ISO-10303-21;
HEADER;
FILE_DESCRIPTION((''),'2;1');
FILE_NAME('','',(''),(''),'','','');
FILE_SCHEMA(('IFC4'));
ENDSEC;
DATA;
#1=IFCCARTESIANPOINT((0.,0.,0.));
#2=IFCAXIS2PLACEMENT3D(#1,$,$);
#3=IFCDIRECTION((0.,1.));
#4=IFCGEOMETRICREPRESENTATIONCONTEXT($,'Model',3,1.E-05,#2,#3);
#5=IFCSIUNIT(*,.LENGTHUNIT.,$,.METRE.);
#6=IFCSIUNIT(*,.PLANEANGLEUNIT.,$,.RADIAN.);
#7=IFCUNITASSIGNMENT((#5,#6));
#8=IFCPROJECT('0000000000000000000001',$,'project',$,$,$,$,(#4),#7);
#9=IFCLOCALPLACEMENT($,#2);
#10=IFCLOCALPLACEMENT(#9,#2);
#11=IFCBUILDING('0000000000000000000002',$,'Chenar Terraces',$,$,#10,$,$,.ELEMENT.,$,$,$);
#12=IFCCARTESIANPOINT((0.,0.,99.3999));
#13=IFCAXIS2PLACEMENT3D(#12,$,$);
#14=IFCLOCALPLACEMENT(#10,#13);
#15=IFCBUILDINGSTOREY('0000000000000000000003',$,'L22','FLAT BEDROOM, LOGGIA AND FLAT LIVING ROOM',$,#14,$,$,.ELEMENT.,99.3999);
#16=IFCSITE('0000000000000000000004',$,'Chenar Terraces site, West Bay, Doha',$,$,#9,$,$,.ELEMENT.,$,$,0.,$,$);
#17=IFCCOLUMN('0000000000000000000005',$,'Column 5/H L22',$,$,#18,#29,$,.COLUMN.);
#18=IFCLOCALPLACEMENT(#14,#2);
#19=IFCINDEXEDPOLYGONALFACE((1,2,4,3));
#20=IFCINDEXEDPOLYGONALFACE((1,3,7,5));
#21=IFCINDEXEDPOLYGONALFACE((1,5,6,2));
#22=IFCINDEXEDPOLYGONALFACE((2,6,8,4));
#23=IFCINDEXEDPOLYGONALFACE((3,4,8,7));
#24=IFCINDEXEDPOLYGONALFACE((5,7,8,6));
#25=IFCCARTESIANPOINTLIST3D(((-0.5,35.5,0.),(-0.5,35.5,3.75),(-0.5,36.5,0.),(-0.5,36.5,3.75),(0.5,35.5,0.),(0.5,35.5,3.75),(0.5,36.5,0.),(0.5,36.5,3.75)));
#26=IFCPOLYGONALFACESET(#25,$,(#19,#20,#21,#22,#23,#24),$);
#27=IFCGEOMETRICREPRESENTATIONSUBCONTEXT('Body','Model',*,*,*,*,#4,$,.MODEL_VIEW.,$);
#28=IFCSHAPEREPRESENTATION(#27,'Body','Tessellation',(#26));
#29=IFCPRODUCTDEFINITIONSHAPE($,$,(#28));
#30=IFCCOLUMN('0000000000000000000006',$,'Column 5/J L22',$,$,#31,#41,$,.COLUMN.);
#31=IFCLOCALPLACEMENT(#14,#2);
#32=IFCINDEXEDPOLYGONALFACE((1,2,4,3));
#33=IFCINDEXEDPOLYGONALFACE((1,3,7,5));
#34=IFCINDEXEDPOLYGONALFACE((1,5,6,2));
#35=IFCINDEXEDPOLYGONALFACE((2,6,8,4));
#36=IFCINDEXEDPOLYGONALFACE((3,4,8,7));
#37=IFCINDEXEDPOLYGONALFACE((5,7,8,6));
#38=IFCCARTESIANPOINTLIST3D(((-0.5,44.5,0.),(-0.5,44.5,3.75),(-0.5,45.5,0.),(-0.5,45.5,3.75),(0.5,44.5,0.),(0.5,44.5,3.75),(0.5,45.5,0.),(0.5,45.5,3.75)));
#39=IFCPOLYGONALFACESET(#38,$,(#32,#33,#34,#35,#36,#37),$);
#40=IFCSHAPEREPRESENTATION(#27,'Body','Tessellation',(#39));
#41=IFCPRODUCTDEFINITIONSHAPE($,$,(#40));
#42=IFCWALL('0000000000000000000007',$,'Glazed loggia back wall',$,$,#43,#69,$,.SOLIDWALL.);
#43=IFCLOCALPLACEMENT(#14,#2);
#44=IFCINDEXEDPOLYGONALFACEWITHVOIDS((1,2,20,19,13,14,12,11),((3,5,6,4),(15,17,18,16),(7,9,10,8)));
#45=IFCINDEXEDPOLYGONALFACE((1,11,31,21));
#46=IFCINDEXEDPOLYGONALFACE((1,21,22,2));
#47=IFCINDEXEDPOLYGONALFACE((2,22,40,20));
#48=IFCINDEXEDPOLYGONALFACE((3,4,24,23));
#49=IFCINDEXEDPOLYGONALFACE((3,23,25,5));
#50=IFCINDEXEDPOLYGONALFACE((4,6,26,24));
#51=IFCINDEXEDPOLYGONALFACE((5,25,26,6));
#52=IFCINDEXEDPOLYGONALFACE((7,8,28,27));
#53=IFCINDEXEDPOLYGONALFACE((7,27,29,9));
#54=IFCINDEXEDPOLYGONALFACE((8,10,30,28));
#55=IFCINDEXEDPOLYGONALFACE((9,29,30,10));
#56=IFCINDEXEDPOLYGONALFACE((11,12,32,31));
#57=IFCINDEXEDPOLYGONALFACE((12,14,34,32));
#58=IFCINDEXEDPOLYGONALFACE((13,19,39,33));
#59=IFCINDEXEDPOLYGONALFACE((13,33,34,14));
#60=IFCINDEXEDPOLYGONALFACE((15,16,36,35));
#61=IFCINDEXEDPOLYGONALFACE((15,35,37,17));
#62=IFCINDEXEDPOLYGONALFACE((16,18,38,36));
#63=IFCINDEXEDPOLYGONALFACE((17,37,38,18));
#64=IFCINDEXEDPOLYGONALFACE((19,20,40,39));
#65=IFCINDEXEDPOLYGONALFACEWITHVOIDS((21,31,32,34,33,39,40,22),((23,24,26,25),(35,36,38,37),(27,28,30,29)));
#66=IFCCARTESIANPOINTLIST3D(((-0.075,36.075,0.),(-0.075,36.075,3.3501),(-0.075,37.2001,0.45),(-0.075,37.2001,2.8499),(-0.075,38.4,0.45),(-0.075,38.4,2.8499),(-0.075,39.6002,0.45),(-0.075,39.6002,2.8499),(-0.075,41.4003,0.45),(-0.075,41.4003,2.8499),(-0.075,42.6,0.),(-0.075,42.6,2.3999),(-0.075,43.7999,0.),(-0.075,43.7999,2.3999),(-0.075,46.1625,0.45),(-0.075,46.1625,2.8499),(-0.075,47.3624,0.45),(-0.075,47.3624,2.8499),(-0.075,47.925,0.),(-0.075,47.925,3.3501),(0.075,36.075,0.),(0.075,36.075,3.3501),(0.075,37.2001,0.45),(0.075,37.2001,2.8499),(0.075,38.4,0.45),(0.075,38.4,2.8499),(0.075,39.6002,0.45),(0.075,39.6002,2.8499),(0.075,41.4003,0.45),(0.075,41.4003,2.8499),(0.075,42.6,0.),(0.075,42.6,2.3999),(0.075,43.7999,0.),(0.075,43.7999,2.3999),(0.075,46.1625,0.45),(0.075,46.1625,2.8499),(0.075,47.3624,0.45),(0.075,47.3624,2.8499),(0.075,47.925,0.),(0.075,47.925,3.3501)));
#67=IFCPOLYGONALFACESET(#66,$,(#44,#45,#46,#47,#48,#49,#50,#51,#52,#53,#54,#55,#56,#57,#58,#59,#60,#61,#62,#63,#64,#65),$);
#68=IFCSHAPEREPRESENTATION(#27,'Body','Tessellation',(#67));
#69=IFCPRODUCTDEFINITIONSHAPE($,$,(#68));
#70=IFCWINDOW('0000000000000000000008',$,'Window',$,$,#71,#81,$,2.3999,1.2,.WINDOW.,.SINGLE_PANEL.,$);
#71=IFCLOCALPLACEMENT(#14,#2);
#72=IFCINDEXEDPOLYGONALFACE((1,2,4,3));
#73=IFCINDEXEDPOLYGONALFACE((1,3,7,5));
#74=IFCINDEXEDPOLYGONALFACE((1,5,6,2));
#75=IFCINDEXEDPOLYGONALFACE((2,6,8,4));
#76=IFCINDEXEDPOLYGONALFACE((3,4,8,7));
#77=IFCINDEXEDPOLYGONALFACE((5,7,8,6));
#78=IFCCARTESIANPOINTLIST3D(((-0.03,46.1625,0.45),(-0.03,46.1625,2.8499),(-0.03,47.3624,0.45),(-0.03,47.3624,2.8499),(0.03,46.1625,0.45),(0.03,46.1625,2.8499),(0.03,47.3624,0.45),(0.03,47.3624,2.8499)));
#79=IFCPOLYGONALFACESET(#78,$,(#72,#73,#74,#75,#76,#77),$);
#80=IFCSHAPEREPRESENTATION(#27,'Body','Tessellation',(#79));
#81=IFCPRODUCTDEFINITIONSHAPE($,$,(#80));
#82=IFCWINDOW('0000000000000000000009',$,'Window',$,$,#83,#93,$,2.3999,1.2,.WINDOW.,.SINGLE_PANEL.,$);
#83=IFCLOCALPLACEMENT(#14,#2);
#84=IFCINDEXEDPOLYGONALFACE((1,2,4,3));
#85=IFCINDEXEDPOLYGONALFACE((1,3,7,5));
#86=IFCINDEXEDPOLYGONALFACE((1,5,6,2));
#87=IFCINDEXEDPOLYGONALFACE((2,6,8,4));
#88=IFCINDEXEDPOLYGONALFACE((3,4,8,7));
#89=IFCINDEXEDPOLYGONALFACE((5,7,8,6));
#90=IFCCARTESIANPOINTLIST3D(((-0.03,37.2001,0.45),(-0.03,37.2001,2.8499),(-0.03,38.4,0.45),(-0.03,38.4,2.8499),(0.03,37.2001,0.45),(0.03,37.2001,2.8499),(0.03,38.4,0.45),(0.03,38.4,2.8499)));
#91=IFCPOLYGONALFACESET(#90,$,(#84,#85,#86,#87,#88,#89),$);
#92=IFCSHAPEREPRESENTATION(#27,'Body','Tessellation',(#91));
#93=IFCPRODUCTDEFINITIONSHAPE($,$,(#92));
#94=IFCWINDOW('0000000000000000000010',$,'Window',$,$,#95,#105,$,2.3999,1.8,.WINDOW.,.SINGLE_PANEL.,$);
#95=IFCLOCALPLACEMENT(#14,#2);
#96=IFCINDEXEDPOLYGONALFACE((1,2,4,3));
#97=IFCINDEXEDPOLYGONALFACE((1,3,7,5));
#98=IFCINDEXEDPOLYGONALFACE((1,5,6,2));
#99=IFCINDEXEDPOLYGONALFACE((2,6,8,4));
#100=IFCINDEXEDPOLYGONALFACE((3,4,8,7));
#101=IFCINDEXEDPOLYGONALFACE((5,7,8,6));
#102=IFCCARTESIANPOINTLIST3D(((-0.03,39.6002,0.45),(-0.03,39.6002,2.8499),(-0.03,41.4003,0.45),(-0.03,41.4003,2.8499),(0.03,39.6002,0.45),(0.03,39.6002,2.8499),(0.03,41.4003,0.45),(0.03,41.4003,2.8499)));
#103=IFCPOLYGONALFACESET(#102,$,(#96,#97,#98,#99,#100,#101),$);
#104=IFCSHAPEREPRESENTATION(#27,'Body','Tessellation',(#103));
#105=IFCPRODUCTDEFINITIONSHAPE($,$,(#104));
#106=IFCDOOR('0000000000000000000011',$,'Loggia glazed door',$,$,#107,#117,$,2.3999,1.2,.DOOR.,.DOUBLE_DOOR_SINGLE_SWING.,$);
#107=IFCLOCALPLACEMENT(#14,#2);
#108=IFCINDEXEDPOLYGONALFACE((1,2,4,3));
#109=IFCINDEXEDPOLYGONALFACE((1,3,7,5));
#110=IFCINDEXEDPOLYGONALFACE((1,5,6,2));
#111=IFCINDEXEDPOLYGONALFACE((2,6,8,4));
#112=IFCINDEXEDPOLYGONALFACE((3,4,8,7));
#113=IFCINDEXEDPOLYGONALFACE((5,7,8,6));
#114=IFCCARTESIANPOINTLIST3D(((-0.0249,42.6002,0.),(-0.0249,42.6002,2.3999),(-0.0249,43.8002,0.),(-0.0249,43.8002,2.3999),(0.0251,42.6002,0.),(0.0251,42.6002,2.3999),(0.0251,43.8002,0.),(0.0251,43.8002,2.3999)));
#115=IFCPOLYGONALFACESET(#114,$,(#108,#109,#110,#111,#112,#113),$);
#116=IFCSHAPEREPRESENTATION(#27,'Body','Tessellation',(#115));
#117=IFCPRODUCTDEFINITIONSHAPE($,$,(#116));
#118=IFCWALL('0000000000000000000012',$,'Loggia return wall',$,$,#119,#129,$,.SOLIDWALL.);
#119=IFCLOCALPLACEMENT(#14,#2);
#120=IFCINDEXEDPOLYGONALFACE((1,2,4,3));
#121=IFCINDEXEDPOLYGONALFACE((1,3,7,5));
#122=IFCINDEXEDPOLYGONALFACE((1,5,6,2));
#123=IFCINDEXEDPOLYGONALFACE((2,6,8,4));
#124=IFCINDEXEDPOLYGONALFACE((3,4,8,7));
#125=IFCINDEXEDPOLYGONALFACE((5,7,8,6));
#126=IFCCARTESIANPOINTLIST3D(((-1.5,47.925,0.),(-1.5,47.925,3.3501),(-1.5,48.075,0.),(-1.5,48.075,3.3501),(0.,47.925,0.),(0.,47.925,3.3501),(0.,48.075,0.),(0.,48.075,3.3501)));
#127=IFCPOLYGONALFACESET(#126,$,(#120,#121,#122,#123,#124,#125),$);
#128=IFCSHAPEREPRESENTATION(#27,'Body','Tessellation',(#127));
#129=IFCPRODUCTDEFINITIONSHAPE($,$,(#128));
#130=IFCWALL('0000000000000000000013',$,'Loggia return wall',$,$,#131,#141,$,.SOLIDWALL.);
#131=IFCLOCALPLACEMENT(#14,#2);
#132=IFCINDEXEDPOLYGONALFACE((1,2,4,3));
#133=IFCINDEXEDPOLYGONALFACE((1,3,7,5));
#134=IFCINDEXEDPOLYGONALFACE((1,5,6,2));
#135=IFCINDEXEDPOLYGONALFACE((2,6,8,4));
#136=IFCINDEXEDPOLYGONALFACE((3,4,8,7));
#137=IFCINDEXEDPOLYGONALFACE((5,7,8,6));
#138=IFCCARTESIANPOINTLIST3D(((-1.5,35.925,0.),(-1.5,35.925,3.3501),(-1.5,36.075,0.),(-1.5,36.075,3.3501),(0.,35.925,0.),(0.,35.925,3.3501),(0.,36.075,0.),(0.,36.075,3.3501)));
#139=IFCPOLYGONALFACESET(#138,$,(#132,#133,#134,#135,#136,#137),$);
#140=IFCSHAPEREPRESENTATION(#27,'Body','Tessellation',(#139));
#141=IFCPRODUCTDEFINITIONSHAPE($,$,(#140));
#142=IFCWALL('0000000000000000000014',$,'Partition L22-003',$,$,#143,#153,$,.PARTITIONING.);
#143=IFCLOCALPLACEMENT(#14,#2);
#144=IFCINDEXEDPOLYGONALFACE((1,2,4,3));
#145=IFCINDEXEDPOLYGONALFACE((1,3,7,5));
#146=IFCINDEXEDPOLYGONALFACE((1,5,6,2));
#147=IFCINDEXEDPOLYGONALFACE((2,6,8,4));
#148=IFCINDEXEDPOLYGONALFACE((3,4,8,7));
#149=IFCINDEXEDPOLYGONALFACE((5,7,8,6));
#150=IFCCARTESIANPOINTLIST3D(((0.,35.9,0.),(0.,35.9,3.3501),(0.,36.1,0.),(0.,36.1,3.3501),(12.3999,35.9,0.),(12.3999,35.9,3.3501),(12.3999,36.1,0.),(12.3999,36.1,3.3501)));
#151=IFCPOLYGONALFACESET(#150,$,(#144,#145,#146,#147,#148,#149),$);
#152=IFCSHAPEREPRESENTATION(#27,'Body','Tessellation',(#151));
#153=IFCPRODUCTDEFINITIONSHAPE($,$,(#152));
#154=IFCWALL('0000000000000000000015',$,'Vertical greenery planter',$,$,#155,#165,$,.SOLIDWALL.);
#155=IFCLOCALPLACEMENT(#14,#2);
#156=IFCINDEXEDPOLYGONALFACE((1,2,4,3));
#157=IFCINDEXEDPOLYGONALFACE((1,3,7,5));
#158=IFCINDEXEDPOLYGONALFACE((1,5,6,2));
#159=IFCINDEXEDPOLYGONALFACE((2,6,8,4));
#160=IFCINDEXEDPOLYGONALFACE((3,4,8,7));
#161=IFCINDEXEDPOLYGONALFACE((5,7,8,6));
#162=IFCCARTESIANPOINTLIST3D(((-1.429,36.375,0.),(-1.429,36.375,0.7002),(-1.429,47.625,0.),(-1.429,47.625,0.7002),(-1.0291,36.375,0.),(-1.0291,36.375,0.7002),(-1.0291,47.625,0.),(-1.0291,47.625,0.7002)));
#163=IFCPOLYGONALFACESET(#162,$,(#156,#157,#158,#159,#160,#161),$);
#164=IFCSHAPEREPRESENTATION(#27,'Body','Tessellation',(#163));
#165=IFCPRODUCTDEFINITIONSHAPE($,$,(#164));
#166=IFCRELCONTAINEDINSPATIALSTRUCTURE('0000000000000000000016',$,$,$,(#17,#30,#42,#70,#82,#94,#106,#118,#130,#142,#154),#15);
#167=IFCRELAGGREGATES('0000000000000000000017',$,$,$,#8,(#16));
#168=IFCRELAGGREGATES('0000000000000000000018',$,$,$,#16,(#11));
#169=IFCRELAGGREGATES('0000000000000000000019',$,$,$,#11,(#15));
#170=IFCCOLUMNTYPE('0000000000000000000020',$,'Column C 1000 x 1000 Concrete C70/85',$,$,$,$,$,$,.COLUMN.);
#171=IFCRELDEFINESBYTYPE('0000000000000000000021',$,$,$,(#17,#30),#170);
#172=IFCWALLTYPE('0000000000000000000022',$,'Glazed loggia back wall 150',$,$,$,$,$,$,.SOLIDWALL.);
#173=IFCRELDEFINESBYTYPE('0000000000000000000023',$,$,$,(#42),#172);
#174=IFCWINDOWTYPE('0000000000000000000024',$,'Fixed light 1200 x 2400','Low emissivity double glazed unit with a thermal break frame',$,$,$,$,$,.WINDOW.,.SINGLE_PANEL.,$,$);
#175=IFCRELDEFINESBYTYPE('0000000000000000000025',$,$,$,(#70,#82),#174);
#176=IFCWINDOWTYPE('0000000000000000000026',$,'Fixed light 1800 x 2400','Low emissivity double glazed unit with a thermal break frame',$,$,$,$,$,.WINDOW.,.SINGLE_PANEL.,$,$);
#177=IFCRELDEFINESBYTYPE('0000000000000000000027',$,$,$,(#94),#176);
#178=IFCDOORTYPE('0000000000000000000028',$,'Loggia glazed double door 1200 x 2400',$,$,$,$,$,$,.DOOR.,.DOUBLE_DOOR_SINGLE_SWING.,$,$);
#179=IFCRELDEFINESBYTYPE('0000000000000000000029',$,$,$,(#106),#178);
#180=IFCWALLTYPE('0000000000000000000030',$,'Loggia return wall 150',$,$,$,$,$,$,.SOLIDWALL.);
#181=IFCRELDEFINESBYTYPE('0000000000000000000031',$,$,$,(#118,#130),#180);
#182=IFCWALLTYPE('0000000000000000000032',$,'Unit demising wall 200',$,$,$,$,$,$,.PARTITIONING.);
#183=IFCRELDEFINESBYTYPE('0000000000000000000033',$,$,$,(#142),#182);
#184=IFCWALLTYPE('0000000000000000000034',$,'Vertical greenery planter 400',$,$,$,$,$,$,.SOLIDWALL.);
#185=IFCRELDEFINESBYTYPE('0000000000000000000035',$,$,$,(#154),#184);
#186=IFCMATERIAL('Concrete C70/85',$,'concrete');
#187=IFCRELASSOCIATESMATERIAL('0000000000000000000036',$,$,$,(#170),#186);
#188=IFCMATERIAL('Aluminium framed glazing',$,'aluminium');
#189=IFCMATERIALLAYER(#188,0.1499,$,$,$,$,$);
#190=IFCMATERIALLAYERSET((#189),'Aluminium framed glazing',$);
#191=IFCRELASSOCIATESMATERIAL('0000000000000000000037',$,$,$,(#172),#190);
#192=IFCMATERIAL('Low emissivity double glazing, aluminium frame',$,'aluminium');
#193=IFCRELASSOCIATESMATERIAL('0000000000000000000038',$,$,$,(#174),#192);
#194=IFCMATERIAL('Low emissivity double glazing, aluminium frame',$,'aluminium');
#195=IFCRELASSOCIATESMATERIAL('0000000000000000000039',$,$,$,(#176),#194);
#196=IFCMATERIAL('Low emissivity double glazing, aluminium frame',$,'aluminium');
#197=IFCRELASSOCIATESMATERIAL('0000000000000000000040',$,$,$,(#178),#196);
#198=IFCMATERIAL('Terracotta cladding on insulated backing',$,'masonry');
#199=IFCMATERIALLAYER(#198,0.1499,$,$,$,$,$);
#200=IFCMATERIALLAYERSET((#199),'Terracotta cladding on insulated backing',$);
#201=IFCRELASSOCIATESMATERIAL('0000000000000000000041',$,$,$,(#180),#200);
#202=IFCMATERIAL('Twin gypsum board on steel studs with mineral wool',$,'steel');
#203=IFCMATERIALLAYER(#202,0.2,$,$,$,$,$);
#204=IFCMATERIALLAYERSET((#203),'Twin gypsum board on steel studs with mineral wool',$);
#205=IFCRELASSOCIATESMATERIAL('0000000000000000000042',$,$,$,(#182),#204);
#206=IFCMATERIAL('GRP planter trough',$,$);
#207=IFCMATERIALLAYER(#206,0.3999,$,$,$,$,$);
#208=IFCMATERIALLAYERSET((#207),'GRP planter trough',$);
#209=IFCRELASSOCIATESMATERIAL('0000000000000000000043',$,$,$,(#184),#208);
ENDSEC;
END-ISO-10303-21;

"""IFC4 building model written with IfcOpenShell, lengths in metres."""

from ifc_helpers import new_model, si_unit, direction, frame, frame_2d, origin, origin_2d, place, context, subcontext, project, spatial, rectangle, extrude, material, layer, layer_set, material_profile, profile_set, type_object, element, fill, save


model = new_model("IFC4")

# Units and contexts
model_context = context("Model", 3, precision=1e-05, world=origin(), true_north=direction((0.0, 1.0)))
body_context = subcontext(model_context, "Body", "Model", "MODEL_VIEW")
ifc_project = project(units=[si_unit("LENGTHUNIT", "METRE"), si_unit("PLANEANGLEUNIT", "RADIAN")], contexts=[model_context])

# Site, building, storey
site_placement = place(None, origin())
site = spatial("IfcSite", under=ifc_project, at=site_placement, Name="Chenar Terraces site, West Bay, Doha", CompositionType="ELEMENT", RefElevation=0.0)
building_placement = place(site_placement, origin())
building = spatial("IfcBuilding", under=site, at=building_placement, Name="Chenar Terraces", CompositionType="ELEMENT")
storey_placement = place(building_placement, frame((0.0, 0.0, 99.3999)))
storey = spatial("IfcBuildingStorey", under=building, at=storey_placement, Name="L22", Description="FLAT BEDROOM, LOGGIA AND FLAT LIVING ROOM", CompositionType="ELEMENT", Elevation=99.3999)

# Columns
ifc_material_1 = material(Name="Concrete C70/85", Category="concrete")
ifc_material_profile_1 = material_profile(ifc_material_1, rectangle(XDim=1.0, YDim=1.0, at=origin_2d()), Name="C 1000 x 1000")
ifc_profile_set_1 = profile_set([ifc_material_profile_1], Name="Concrete C70/85")
column_type = type_object("IfcColumnType", Name="Column C 1000 x 1000 Concrete C70/85", PredefinedType="COLUMN", material=ifc_profile_set_1)
placement = place(storey_placement, frame((0.0, 36.0, 0.0), z_axis=(0.0, 0.0, 1.0), x_axis=(1.0, 0.0, 0.0)))
element("IfcColumn", 1, at=placement, inside=storey, type_object=column_type, Name="Column 5/H L22", PredefinedType="COLUMN", context=body_context, shape_type="SweptSolid", body=[
    extrude(rectangle(XDim=1.0, YDim=1.0, at=origin_2d()), origin(), (0.0, 0.0, 1.0), 3.75),
])
column_1_placement = place(storey_placement, frame((0.0, 45.0, 0.0), z_axis=(0.0, 0.0, 1.0), x_axis=(1.0, 0.0, 0.0)))
element("IfcColumn", 2, at=column_1_placement, inside=storey, type_object=column_type, Name="Column 5/J L22", PredefinedType="COLUMN", context=body_context, shape_type="SweptSolid", body=[
    extrude(rectangle(XDim=1.0, YDim=1.0, at=origin_2d()), origin(), (0.0, 0.0, 1.0), 3.75),
])

# Wall, openings, windows, door
ifc_material_2 = material(Name="Aluminium framed glazing", Category="aluminium")
ifc_layer_1 = layer(ifc_material_2, 0.1499)
ifc_layer_set_1 = layer_set([ifc_layer_1], Name="Aluminium framed glazing")
wall_type_1 = type_object("IfcWallType", Name="Glazed loggia back wall 150", PredefinedType="SOLIDWALL", material=ifc_layer_set_1)
wall_1_placement = place(storey_placement, frame((0.0, 47.925, 0.0), z_axis=(0.0, 0.0, 1.0), x_axis=(0.0, -1.0, 0.0)))
wall_1 = element("IfcWall", 3, at=wall_1_placement, inside=storey, type_object=wall_type_1, Name="Glazed loggia back wall", PredefinedType="SOLIDWALL", context=body_context, shape_type="SweptSolid", body=[
    extrude(rectangle(XDim=11.8501, YDim=0.1499, at=frame_2d((5.925, 0.0))), origin(), (0.0, 0.0, 1.0), 3.3501),
])
opening_1_placement = place(wall_1_placement, frame((0.5625, 0.0, 0.45)))
opening_1 = element("IfcOpeningElement", 4, at=opening_1_placement, cuts=wall_1, PredefinedType="OPENING", context=body_context, shape_type="SweptSolid", body=[
    extrude(rectangle(XDim=1.2, YDim=2.3999, at=frame_2d((0.6001, 1.2))), frame((0.0, 0.085, 0.0), z_axis=(0.0, -1.0, 0.0), x_axis=(1.0, 0.0, 0.0)), (0.0, 0.0, 1.0), 0.1699),
])
opening_2_placement = place(wall_1_placement, frame((4.125, 0.0, 0.0)))
opening_2 = element("IfcOpeningElement", 5, at=opening_2_placement, cuts=wall_1, PredefinedType="OPENING", context=body_context, shape_type="SweptSolid", body=[
    extrude(rectangle(XDim=1.2, YDim=2.3999, at=frame_2d((0.6001, 1.2))), frame((0.0, 0.085, 0.0), z_axis=(0.0, -1.0, 0.0), x_axis=(1.0, 0.0, 0.0)), (0.0, 0.0, 1.0), 0.1699),
])
opening_3_placement = place(wall_1_placement, frame((6.5249, 0.0, 0.45)))
opening_3 = element("IfcOpeningElement", 6, at=opening_3_placement, cuts=wall_1, PredefinedType="OPENING", context=body_context, shape_type="SweptSolid", body=[
    extrude(rectangle(XDim=1.8, YDim=2.3999, at=frame_2d((0.8999, 1.2))), frame((0.0, 0.085, 0.0), z_axis=(0.0, -1.0, 0.0), x_axis=(1.0, 0.0, 0.0)), (0.0, 0.0, 1.0), 0.1699),
])
opening_4_placement = place(wall_1_placement, frame((9.5249, 0.0, 0.45)))
opening_4 = element("IfcOpeningElement", 7, at=opening_4_placement, cuts=wall_1, PredefinedType="OPENING", context=body_context, shape_type="SweptSolid", body=[
    extrude(rectangle(XDim=1.2, YDim=2.3999, at=frame_2d((0.6001, 1.2))), frame((0.0, 0.085, 0.0), z_axis=(0.0, -1.0, 0.0), x_axis=(1.0, 0.0, 0.0)), (0.0, 0.0, 1.0), 0.1699),
])
ifc_material_3 = material(Name="Low emissivity double glazing, aluminium frame", Category="aluminium")
window_type_1 = type_object("IfcWindowType", Name="Fixed light 1200 x 2400", Description="Low emissivity double glazed unit with a thermal break frame", PartitioningType="SINGLE_PANEL", PredefinedType="WINDOW", material=ifc_material_3)
window_1_placement = place(opening_1_placement, origin())
window_1 = element("IfcWindow", 8, at=window_1_placement, inside=storey, type_object=window_type_1, Name="Window", OverallHeight=2.3999, OverallWidth=1.2, PartitioningType="SINGLE_PANEL", PredefinedType="WINDOW", context=body_context, shape_type="SweptSolid", body=[
    extrude(rectangle(XDim=1.2, YDim=2.3999, at=frame_2d((0.6001, 1.2))), frame((0.0, 0.03, 0.0), z_axis=(0.0, -1.0, 0.0), x_axis=(1.0, 0.0, 0.0)), (0.0, 0.0, 1.0), 0.0601),
])
fill(opening_1, window_1)
window_2_placement = place(opening_4_placement, origin())
window_2 = element("IfcWindow", 9, at=window_2_placement, inside=storey, type_object=window_type_1, Name="Window", OverallHeight=2.3999, OverallWidth=1.2, PartitioningType="SINGLE_PANEL", PredefinedType="WINDOW", context=body_context, shape_type="SweptSolid", body=[
    extrude(rectangle(XDim=1.2, YDim=2.3999, at=frame_2d((0.6001, 1.2))), frame((0.0, 0.03, 0.0), z_axis=(0.0, -1.0, 0.0), x_axis=(1.0, 0.0, 0.0)), (0.0, 0.0, 1.0), 0.0601),
])
fill(opening_4, window_2)
ifc_material_4 = material(Name="Low emissivity double glazing, aluminium frame", Category="aluminium")
window_type_2 = type_object("IfcWindowType", Name="Fixed light 1800 x 2400", Description="Low emissivity double glazed unit with a thermal break frame", PartitioningType="SINGLE_PANEL", PredefinedType="WINDOW", material=ifc_material_4)
window_3_placement = place(opening_3_placement, origin())
window_3 = element("IfcWindow", 10, at=window_3_placement, inside=storey, type_object=window_type_2, Name="Window", OverallHeight=2.3999, OverallWidth=1.8, PartitioningType="SINGLE_PANEL", PredefinedType="WINDOW", context=body_context, shape_type="SweptSolid", body=[
    extrude(rectangle(XDim=1.8, YDim=2.3999, at=frame_2d((0.8999, 1.2))), frame((0.0, 0.03, 0.0), z_axis=(0.0, -1.0, 0.0), x_axis=(1.0, 0.0, 0.0)), (0.0, 0.0, 1.0), 0.0601),
])
fill(opening_3, window_3)
ifc_material_5 = material(Name="Low emissivity double glazing, aluminium frame", Category="aluminium")
door_type = type_object("IfcDoorType", Name="Loggia glazed double door 1200 x 2400", OperationType="DOUBLE_DOOR_SINGLE_SWING", PredefinedType="DOOR", material=ifc_material_5)
door_placement = place(opening_2_placement, frame((1.2, 0.0, 0.0), z_axis=(0.0, 0.0, 1.0), x_axis=(-1.0, 0.0, 0.0)))
door = element("IfcDoor", 11, at=door_placement, inside=storey, type_object=door_type, Name="Loggia glazed door", OperationType="DOUBLE_DOOR_SINGLE_SWING", OverallHeight=2.3999, OverallWidth=1.2, PredefinedType="DOOR", context=body_context, shape_type="SweptSolid", body=[
    extrude(rectangle(XDim=1.2, YDim=2.3999, at=frame_2d((0.6001, 1.2))), frame((0.0, 0.0249, 0.0), z_axis=(0.0, -1.0, 0.0), x_axis=(1.0, 0.0, 0.0)), (0.0, 0.0, 1.0), 0.05),
])
fill(opening_2, door)

# Walls
ifc_material_6 = material(Name="Terracotta cladding on insulated backing", Category="masonry")
ifc_layer_2 = layer(ifc_material_6, 0.1499)
ifc_layer_set_2 = layer_set([ifc_layer_2], Name="Terracotta cladding on insulated backing")
wall_type_2 = type_object("IfcWallType", Name="Loggia return wall 150", PredefinedType="SOLIDWALL", material=ifc_layer_set_2)
for number, where, z_axis, x_axis, name in (
    (12, (-1.5, 48.0, 0.0), (0.0, 0.0, 1.0), (1.0, 0.0, 0.0), "Loggia return wall"),
    (13, (-1.5, 36.0, 0.0), (0.0, 0.0, 1.0), (1.0, 0.0, 0.0), "Loggia return wall"),
):
    element("IfcWall", number, at=place(storey_placement, frame(where, z_axis=z_axis, x_axis=x_axis)), inside=storey, type_object=wall_type_2, Name=name, PredefinedType="SOLIDWALL", context=body_context, shape_type="SweptSolid", body=[
        extrude(rectangle(XDim=1.5, YDim=0.1499, at=frame_2d((0.75, 0.0))), origin(), (0.0, 0.0, 1.0), 3.3501),
    ])
ifc_material_7 = material(Name="Twin gypsum board on steel studs with mineral wool", Category="steel")
ifc_layer_3 = layer(ifc_material_7, 0.2)
ifc_layer_set_3 = layer_set([ifc_layer_3], Name="Twin gypsum board on steel studs with mineral wool")
wall_type_3 = type_object("IfcWallType", Name="Unit demising wall 200", PredefinedType="PARTITIONING", material=ifc_layer_set_3)
element("IfcWall", 14, at=placement, inside=storey, type_object=wall_type_3, Name="Partition L22-003", PredefinedType="PARTITIONING", context=body_context, shape_type="SweptSolid", body=[
    extrude(rectangle(XDim=12.3999, YDim=0.2, at=frame_2d((6.2, 0.0))), origin(), (0.0, 0.0, 1.0), 3.3501),
])
ifc_material_8 = material(Name="GRP planter trough")
ifc_layer_4 = layer(ifc_material_8, 0.3999)
ifc_layer_set_4 = layer_set([ifc_layer_4], Name="GRP planter trough")
wall_type_4 = type_object("IfcWallType", Name="Vertical greenery planter 400", PredefinedType="SOLIDWALL", material=ifc_layer_set_4)
wall_2_placement = place(storey_placement, frame((-1.229, 47.625, 0.0), z_axis=(0.0, 0.0, 1.0), x_axis=(0.0, -1.0, 0.0)))
element("IfcWall", 15, at=wall_2_placement, inside=storey, type_object=wall_type_4, Name="Vertical greenery planter", PredefinedType="SOLIDWALL", context=body_context, shape_type="SweptSolid", body=[
    extrude(rectangle(XDim=11.25, YDim=0.3999, at=frame_2d((5.625, 0.0))), origin(), (0.0, 0.0, 1.0), 0.7002),
])

save(model, "model.ifc")
